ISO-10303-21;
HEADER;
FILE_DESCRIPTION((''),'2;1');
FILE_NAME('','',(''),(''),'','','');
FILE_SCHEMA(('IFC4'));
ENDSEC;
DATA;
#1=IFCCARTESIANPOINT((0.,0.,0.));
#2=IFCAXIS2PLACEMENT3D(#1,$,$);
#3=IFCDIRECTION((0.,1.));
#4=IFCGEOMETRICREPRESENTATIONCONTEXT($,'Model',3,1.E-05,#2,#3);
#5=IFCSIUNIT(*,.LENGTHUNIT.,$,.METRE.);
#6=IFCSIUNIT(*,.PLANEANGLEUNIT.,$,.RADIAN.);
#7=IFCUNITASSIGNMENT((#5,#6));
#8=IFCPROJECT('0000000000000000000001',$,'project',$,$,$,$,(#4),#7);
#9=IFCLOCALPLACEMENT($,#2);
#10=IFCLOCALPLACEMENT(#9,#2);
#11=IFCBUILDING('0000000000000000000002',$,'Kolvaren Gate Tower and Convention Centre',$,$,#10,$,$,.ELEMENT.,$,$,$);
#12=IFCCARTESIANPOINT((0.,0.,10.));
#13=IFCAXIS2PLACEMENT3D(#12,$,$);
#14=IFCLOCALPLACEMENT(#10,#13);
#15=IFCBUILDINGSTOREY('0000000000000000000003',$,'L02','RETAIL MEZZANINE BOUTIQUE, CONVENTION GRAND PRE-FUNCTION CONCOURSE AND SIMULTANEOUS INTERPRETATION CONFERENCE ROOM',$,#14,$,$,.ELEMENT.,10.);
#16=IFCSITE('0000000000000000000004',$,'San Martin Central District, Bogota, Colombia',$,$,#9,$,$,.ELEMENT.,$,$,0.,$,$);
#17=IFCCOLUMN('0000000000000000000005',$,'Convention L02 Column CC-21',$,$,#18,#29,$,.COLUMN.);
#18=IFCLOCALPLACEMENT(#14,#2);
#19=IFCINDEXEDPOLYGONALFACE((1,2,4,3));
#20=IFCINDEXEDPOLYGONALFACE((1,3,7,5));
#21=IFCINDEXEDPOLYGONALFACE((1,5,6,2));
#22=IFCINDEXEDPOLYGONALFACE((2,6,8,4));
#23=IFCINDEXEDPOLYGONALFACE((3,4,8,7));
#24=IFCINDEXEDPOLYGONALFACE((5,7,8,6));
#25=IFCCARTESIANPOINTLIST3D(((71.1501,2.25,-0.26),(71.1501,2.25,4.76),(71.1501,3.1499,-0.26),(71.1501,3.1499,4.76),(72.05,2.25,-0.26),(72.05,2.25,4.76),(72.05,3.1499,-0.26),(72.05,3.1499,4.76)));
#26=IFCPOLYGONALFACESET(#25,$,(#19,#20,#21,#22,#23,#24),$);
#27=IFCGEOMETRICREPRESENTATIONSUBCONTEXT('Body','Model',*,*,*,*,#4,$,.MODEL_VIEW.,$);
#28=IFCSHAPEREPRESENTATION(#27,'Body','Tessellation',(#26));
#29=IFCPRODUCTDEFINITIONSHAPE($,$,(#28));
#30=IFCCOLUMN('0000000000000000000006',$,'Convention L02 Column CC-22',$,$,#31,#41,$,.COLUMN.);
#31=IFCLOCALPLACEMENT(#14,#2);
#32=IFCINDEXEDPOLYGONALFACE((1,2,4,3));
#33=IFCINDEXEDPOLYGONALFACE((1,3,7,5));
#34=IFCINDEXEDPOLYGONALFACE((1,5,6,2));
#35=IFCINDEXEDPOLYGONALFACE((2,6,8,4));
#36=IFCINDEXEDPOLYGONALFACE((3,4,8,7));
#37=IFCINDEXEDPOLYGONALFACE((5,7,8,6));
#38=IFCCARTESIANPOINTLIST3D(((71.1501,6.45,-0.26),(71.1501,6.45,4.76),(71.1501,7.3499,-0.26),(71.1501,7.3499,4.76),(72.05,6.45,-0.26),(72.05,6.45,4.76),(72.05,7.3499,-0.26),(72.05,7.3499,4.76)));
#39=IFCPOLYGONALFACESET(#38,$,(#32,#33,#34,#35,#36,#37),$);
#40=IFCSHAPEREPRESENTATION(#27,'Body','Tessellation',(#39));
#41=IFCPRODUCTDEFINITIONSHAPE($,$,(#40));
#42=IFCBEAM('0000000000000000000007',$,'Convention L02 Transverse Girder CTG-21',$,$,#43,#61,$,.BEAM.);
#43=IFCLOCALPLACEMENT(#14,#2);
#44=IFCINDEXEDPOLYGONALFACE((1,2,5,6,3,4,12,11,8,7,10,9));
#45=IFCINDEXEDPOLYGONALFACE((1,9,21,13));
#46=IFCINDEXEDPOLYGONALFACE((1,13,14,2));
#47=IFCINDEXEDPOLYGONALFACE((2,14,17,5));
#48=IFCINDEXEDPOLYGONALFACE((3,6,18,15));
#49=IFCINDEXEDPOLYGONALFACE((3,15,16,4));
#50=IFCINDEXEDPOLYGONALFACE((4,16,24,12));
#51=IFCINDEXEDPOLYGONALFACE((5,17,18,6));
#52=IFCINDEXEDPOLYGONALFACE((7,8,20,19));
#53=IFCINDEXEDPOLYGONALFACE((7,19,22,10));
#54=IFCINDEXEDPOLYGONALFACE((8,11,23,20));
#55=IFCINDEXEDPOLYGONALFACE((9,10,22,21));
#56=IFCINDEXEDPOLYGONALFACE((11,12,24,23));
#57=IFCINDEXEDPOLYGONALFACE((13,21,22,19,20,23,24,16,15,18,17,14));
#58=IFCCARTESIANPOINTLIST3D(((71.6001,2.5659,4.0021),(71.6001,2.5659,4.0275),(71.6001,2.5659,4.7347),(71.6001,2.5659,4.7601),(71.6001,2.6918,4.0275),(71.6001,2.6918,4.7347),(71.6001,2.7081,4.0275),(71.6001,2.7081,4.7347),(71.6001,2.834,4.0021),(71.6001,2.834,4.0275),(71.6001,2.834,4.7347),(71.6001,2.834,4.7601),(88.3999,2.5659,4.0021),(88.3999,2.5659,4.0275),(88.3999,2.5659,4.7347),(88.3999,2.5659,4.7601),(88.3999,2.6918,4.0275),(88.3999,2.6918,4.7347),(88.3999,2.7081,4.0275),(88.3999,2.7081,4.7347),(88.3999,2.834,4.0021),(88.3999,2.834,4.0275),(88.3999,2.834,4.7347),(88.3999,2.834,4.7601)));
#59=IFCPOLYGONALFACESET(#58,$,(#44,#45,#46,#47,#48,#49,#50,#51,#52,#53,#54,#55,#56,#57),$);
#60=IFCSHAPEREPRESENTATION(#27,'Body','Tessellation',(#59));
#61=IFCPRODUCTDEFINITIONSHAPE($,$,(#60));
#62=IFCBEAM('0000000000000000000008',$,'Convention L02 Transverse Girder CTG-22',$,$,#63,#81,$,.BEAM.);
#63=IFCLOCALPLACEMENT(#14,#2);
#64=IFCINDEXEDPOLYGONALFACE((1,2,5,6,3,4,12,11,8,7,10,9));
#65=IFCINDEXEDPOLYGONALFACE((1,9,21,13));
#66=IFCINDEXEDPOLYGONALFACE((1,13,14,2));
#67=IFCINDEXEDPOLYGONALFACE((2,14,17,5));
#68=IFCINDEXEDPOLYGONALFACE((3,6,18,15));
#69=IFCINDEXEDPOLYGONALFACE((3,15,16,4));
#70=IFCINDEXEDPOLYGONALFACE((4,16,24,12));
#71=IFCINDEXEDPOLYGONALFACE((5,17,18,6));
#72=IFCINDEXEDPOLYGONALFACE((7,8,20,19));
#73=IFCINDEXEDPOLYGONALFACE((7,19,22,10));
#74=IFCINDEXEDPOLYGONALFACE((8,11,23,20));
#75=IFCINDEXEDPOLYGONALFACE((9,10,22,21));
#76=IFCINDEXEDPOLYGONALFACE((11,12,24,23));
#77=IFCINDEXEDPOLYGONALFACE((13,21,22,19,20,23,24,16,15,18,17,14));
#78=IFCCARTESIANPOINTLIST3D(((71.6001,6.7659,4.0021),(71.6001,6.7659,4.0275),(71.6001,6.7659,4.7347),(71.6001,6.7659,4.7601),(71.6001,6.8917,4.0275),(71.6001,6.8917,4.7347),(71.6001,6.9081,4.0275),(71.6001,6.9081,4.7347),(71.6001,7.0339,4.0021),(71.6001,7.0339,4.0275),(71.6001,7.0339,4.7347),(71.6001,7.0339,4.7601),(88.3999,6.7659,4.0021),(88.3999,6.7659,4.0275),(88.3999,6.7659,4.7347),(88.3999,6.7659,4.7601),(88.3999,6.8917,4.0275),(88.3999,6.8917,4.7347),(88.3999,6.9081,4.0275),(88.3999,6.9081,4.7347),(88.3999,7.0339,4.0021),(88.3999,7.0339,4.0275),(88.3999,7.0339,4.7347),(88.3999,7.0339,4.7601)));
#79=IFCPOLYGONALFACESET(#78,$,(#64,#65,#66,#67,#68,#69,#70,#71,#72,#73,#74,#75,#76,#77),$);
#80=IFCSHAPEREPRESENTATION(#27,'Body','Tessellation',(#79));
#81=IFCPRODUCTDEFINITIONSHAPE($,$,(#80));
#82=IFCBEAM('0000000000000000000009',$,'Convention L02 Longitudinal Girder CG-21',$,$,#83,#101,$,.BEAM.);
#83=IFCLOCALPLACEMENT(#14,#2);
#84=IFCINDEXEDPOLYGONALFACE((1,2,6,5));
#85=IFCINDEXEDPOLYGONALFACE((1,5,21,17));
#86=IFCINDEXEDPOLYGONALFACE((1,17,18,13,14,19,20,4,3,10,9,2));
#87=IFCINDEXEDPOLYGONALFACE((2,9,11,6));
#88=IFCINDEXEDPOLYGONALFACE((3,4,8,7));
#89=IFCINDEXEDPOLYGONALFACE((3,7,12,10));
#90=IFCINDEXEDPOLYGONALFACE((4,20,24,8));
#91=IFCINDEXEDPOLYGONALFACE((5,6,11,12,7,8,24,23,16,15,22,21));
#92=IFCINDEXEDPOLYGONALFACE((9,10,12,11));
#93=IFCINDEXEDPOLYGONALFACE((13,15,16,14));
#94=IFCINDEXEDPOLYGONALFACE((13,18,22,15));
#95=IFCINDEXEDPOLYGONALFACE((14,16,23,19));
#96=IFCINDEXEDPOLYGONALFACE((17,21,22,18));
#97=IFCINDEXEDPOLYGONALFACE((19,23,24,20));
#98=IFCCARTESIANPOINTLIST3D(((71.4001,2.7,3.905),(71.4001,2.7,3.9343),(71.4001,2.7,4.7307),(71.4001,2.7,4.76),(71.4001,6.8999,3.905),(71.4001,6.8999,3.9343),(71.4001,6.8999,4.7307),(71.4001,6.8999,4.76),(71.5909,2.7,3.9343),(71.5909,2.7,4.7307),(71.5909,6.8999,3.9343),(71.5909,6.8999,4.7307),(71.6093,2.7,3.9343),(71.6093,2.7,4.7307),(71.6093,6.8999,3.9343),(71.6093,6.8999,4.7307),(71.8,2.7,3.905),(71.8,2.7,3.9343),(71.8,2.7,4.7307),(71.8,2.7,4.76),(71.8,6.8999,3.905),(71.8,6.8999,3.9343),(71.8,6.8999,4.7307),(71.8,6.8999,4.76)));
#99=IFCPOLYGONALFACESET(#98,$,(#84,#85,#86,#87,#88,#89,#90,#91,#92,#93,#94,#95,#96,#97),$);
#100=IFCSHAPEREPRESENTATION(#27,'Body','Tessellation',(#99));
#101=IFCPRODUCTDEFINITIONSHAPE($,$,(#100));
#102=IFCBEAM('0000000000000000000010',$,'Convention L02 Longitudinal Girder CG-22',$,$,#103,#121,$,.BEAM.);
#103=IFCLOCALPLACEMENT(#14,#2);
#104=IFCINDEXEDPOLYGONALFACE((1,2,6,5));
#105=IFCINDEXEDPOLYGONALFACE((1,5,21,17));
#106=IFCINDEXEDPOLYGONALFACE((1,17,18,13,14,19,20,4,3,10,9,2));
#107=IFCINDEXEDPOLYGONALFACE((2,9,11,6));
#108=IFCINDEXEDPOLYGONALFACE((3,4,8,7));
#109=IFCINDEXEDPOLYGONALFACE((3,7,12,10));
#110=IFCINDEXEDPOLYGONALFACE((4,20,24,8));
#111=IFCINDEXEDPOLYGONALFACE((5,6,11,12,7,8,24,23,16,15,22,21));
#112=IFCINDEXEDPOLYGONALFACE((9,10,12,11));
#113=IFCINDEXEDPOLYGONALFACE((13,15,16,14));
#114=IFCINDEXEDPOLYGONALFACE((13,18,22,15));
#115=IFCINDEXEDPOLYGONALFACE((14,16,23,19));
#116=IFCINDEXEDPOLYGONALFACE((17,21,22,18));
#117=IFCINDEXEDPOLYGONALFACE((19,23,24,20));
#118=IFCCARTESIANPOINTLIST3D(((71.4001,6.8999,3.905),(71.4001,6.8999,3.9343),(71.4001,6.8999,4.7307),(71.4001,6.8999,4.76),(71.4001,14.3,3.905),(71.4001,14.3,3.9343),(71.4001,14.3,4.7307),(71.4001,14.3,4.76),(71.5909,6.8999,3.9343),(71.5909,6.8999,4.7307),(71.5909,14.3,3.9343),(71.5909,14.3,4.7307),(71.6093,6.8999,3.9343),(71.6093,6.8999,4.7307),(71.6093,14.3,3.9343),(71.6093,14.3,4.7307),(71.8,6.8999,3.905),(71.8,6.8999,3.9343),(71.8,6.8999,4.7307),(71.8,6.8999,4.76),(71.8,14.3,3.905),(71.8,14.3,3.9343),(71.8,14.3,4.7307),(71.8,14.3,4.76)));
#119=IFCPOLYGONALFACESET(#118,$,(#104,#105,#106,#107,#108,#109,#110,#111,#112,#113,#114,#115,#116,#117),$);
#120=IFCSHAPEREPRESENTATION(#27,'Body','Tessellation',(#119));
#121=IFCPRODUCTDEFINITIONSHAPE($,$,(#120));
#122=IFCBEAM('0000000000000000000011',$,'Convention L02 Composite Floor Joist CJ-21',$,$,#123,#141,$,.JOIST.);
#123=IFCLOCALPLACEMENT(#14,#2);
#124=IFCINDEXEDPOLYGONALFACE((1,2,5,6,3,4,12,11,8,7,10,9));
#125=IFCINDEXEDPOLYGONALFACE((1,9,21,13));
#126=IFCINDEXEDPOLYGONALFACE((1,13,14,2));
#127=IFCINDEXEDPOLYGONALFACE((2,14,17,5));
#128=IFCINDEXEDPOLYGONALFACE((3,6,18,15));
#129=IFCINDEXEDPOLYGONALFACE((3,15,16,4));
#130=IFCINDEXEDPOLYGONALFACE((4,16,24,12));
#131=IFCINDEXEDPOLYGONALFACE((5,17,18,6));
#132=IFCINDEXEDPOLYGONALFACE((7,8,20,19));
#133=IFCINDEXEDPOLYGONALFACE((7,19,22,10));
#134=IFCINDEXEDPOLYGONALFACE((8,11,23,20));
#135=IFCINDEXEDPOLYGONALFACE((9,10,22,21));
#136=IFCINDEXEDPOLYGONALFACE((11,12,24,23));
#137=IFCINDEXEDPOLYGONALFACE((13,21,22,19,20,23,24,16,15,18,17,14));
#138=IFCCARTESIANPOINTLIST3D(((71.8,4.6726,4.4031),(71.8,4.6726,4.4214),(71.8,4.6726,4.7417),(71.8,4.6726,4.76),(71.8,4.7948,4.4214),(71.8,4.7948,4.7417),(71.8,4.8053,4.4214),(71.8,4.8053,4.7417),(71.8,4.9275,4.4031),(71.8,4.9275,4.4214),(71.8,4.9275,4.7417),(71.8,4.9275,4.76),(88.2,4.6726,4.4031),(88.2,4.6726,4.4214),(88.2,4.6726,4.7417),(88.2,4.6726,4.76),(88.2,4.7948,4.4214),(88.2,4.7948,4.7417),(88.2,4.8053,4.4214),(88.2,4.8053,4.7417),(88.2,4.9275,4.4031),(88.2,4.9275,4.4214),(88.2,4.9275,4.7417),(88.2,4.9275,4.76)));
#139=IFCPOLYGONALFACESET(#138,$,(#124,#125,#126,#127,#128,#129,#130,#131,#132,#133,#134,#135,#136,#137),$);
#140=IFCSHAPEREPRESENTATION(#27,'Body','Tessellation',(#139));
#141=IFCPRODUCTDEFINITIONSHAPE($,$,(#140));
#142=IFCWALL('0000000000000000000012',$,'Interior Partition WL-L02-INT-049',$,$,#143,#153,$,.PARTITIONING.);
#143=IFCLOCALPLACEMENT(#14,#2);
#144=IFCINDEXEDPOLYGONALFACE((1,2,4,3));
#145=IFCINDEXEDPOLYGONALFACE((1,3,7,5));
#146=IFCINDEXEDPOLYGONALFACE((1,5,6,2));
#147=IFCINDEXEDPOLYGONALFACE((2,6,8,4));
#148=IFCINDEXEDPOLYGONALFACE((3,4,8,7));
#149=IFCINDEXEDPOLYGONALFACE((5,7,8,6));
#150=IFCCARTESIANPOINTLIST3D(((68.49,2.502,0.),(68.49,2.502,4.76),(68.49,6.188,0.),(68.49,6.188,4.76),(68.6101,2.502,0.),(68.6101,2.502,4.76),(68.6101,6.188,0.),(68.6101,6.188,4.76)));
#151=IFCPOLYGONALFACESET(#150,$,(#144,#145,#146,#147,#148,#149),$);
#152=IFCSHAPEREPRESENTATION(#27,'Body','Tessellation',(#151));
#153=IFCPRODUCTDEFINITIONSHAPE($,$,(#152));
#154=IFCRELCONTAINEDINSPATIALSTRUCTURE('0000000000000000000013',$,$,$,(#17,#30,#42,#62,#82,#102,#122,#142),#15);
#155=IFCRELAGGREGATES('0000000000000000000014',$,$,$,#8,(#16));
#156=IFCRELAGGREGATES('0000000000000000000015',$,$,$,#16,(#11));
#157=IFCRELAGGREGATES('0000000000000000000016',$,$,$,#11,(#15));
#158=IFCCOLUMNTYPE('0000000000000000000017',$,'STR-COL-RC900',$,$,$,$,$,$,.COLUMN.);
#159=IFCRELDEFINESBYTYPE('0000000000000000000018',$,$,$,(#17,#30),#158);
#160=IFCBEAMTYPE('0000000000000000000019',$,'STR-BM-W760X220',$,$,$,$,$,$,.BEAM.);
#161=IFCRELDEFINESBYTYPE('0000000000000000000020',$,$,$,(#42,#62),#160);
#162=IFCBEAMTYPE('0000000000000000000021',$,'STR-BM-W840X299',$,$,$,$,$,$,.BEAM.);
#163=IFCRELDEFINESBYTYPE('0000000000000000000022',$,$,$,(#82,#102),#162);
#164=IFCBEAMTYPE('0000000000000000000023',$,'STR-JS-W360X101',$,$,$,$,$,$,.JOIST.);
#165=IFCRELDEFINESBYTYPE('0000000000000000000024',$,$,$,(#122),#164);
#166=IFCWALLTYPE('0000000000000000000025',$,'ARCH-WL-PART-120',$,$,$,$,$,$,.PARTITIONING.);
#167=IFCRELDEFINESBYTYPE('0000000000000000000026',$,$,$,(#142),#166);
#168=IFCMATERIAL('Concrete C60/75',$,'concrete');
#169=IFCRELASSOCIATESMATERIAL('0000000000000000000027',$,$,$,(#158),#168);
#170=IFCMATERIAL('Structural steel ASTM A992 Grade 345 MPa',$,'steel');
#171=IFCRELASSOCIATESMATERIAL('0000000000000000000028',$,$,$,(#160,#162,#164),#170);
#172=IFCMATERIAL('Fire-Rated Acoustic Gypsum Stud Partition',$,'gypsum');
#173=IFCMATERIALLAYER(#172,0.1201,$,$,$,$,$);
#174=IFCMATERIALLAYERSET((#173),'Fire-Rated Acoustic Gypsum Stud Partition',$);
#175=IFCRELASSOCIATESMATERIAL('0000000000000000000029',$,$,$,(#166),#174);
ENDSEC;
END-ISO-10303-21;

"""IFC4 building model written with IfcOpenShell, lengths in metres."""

from ifc_helpers import new_model, si_unit, direction, frame, frame_2d, origin, origin_2d, place, context, subcontext, project, spatial, rectangle, i_section, extrude, material, layer, layer_set, material_profile, profile_set, type_object, element, save


model = new_model("IFC4")

# Units and contexts
model_context = context("Model", 3, precision=1e-05, world=origin(), true_north=direction((0.0, 1.0)))
body_context = subcontext(model_context, "Body", "Model", "MODEL_VIEW")
ifc_project = project(units=[si_unit("LENGTHUNIT", "METRE"), si_unit("PLANEANGLEUNIT", "RADIAN")], contexts=[model_context])

# Site, building, storey
site_placement = place(None, origin())
site = spatial("IfcSite", under=ifc_project, at=site_placement, Name="San Martin Central District, Bogota, Colombia", CompositionType="ELEMENT", RefElevation=0.0)
building_placement = place(site_placement, origin())
building = spatial("IfcBuilding", under=site, at=building_placement, Name="Kolvaren Gate Tower and Convention Centre", CompositionType="ELEMENT")
storey_placement = place(building_placement, frame((0.0, 0.0, 10.0)))
storey = spatial("IfcBuildingStorey", under=building, at=storey_placement, Name="L02", Description="RETAIL MEZZANINE BOUTIQUE, CONVENTION GRAND PRE-FUNCTION CONCOURSE AND SIMULTANEOUS INTERPRETATION CONFERENCE ROOM", CompositionType="ELEMENT", Elevation=10.0)

# Columns
ifc_material_1 = material(Name="Concrete C60/75", Category="concrete")
ifc_material_profile_1 = material_profile(ifc_material_1, rectangle(XDim=0.8999, YDim=0.8999, at=origin_2d()), Name="RC-COL-900X900")
ifc_profile_set_1 = profile_set([ifc_material_profile_1], Name="Concrete C60/75")
column_type = type_object("IfcColumnType", Name="STR-COL-RC900", PredefinedType="COLUMN", material=ifc_profile_set_1)
for number, where, z_axis, x_axis, name in (
    (1, (71.6001, 2.7, -0.26), (0.0, 0.0, 1.0), (1.0, 0.0, 0.0), "Convention L02 Column CC-21"),
    (2, (71.6001, 6.8999, -0.26), (0.0, 0.0, 1.0), (1.0, 0.0, 0.0), "Convention L02 Column CC-22"),
):
    element("IfcColumn", number, at=place(storey_placement, frame(where, z_axis=z_axis, x_axis=x_axis)), inside=storey, type_object=column_type, Name=name, PredefinedType="COLUMN", context=body_context, shape_type="SweptSolid", body=[
        extrude(rectangle(XDim=0.8999, YDim=0.8999, at=origin_2d()), origin(), (0.0, 0.0, 1.0), 5.02),
    ])

# Beams
ifc_material_2 = material(Name="Structural steel ASTM A992 Grade 345 MPa", Category="steel")
ifc_material_profile_2 = material_profile(ifc_material_2, i_section(OverallWidth=0.2681, OverallDepth=0.7581, WebThickness=0.0164, FlangeThickness=0.0254, at=origin_2d()), Name="W760X220")
ifc_profile_set_2 = profile_set([ifc_material_profile_2], Name="Structural steel ASTM A992 Grade 345 MPa")
beam_type_1 = type_object("IfcBeamType", Name="STR-BM-W760X220", PredefinedType="BEAM", material=ifc_profile_set_2)
for number, where, z_axis, x_axis, name in (
    (3, (71.6001, 2.7, 4.3811), (1.0, 0.0, 0.0), (0.0, 1.0, 0.0), "Convention L02 Transverse Girder CTG-21"),
    (4, (71.6001, 6.8999, 4.3811), (1.0, 0.0, 0.0), (0.0, 1.0, 0.0), "Convention L02 Transverse Girder CTG-22"),
):
    element("IfcBeam", number, at=place(storey_placement, frame(where, z_axis=z_axis, x_axis=x_axis)), inside=storey, type_object=beam_type_1, Name=name, PredefinedType="BEAM", context=body_context, shape_type="SweptSolid", body=[
        extrude(i_section(OverallWidth=0.2681, OverallDepth=0.7581, WebThickness=0.0164, FlangeThickness=0.0254, at=origin_2d()), origin(), (0.0, 0.0, 1.0), 16.7998),
    ])
ifc_material_profile_3 = material_profile(ifc_material_2, i_section(OverallWidth=0.3999, OverallDepth=0.855, WebThickness=0.0183, FlangeThickness=0.0293, at=origin_2d()), Name="W840X299")
ifc_profile_set_3 = profile_set([ifc_material_profile_3], Name="Structural steel ASTM A992 Grade 345 MPa")
beam_type_2 = type_object("IfcBeamType", Name="STR-BM-W840X299", PredefinedType="BEAM", material=ifc_profile_set_3)
beam_1_placement = place(storey_placement, frame((71.6001, 2.7, 4.3325), z_axis=(0.0, 1.0, 0.0), x_axis=(-1.0, 0.0, 0.0)))
element("IfcBeam", 5, at=beam_1_placement, inside=storey, type_object=beam_type_2, Name="Convention L02 Longitudinal Girder CG-21", PredefinedType="BEAM", context=body_context, shape_type="SweptSolid", body=[
    extrude(i_section(OverallWidth=0.3999, OverallDepth=0.855, WebThickness=0.0183, FlangeThickness=0.0293, at=origin_2d()), origin(), (0.0, 0.0, 1.0), 4.2),
])
beam_2_placement = place(storey_placement, frame((71.6001, 6.8999, 4.3325), z_axis=(0.0, 1.0, 0.0), x_axis=(-1.0, 0.0, 0.0)))
element("IfcBeam", 6, at=beam_2_placement, inside=storey, type_object=beam_type_2, Name="Convention L02 Longitudinal Girder CG-22", PredefinedType="BEAM", context=body_context, shape_type="SweptSolid", body=[
    extrude(i_section(OverallWidth=0.3999, OverallDepth=0.855, WebThickness=0.0183, FlangeThickness=0.0293, at=origin_2d()), origin(), (0.0, 0.0, 1.0), 7.4001),
])
ifc_material_profile_4 = material_profile(ifc_material_2, i_section(OverallWidth=0.2549, OverallDepth=0.3569, WebThickness=0.0105, FlangeThickness=0.0183, at=origin_2d()), Name="W360X101")
ifc_profile_set_4 = profile_set([ifc_material_profile_4], Name="Structural steel ASTM A992 Grade 345 MPa")
beam_type_3 = type_object("IfcBeamType", Name="STR-JS-W360X101", PredefinedType="JOIST", material=ifc_profile_set_4)
beam_3_placement = place(storey_placement, frame((71.8, 4.8, 4.5815), z_axis=(1.0, 0.0, 0.0), x_axis=(0.0, 1.0, 0.0)))
element("IfcBeam", 7, at=beam_3_placement, inside=storey, type_object=beam_type_3, Name="Convention L02 Composite Floor Joist CJ-21", PredefinedType="JOIST", context=body_context, shape_type="SweptSolid", body=[
    extrude(i_section(OverallWidth=0.2549, OverallDepth=0.3569, WebThickness=0.0105, FlangeThickness=0.0183, at=origin_2d()), origin(), (0.0, 0.0, 1.0), 16.3999),
])

# Wall
ifc_material_3 = material(Name="Fire-Rated Acoustic Gypsum Stud Partition", Category="gypsum")
ifc_layer_1 = layer(ifc_material_3, 0.1201)
ifc_layer_set_1 = layer_set([ifc_layer_1], Name="Fire-Rated Acoustic Gypsum Stud Partition")
wall_type_1 = type_object("IfcWallType", Name="ARCH-WL-PART-120", PredefinedType="PARTITIONING", material=ifc_layer_set_1)
wall_1_placement = place(storey_placement, frame((68.55, 2.502, 0.0), z_axis=(0.0, 0.0, 1.0), x_axis=(0.0, 1.0, 0.0)))
element("IfcWall", 8, at=wall_1_placement, inside=storey, type_object=wall_type_1, Name="Interior Partition WL-L02-INT-049", PredefinedType="PARTITIONING", context=body_context, shape_type="SweptSolid", body=[
    extrude(rectangle(XDim=3.686, YDim=0.1201, at=frame_2d((1.843, 0.0))), origin(), (0.0, 0.0, 1.0), 4.76),
])

save(model, "model.ifc")
